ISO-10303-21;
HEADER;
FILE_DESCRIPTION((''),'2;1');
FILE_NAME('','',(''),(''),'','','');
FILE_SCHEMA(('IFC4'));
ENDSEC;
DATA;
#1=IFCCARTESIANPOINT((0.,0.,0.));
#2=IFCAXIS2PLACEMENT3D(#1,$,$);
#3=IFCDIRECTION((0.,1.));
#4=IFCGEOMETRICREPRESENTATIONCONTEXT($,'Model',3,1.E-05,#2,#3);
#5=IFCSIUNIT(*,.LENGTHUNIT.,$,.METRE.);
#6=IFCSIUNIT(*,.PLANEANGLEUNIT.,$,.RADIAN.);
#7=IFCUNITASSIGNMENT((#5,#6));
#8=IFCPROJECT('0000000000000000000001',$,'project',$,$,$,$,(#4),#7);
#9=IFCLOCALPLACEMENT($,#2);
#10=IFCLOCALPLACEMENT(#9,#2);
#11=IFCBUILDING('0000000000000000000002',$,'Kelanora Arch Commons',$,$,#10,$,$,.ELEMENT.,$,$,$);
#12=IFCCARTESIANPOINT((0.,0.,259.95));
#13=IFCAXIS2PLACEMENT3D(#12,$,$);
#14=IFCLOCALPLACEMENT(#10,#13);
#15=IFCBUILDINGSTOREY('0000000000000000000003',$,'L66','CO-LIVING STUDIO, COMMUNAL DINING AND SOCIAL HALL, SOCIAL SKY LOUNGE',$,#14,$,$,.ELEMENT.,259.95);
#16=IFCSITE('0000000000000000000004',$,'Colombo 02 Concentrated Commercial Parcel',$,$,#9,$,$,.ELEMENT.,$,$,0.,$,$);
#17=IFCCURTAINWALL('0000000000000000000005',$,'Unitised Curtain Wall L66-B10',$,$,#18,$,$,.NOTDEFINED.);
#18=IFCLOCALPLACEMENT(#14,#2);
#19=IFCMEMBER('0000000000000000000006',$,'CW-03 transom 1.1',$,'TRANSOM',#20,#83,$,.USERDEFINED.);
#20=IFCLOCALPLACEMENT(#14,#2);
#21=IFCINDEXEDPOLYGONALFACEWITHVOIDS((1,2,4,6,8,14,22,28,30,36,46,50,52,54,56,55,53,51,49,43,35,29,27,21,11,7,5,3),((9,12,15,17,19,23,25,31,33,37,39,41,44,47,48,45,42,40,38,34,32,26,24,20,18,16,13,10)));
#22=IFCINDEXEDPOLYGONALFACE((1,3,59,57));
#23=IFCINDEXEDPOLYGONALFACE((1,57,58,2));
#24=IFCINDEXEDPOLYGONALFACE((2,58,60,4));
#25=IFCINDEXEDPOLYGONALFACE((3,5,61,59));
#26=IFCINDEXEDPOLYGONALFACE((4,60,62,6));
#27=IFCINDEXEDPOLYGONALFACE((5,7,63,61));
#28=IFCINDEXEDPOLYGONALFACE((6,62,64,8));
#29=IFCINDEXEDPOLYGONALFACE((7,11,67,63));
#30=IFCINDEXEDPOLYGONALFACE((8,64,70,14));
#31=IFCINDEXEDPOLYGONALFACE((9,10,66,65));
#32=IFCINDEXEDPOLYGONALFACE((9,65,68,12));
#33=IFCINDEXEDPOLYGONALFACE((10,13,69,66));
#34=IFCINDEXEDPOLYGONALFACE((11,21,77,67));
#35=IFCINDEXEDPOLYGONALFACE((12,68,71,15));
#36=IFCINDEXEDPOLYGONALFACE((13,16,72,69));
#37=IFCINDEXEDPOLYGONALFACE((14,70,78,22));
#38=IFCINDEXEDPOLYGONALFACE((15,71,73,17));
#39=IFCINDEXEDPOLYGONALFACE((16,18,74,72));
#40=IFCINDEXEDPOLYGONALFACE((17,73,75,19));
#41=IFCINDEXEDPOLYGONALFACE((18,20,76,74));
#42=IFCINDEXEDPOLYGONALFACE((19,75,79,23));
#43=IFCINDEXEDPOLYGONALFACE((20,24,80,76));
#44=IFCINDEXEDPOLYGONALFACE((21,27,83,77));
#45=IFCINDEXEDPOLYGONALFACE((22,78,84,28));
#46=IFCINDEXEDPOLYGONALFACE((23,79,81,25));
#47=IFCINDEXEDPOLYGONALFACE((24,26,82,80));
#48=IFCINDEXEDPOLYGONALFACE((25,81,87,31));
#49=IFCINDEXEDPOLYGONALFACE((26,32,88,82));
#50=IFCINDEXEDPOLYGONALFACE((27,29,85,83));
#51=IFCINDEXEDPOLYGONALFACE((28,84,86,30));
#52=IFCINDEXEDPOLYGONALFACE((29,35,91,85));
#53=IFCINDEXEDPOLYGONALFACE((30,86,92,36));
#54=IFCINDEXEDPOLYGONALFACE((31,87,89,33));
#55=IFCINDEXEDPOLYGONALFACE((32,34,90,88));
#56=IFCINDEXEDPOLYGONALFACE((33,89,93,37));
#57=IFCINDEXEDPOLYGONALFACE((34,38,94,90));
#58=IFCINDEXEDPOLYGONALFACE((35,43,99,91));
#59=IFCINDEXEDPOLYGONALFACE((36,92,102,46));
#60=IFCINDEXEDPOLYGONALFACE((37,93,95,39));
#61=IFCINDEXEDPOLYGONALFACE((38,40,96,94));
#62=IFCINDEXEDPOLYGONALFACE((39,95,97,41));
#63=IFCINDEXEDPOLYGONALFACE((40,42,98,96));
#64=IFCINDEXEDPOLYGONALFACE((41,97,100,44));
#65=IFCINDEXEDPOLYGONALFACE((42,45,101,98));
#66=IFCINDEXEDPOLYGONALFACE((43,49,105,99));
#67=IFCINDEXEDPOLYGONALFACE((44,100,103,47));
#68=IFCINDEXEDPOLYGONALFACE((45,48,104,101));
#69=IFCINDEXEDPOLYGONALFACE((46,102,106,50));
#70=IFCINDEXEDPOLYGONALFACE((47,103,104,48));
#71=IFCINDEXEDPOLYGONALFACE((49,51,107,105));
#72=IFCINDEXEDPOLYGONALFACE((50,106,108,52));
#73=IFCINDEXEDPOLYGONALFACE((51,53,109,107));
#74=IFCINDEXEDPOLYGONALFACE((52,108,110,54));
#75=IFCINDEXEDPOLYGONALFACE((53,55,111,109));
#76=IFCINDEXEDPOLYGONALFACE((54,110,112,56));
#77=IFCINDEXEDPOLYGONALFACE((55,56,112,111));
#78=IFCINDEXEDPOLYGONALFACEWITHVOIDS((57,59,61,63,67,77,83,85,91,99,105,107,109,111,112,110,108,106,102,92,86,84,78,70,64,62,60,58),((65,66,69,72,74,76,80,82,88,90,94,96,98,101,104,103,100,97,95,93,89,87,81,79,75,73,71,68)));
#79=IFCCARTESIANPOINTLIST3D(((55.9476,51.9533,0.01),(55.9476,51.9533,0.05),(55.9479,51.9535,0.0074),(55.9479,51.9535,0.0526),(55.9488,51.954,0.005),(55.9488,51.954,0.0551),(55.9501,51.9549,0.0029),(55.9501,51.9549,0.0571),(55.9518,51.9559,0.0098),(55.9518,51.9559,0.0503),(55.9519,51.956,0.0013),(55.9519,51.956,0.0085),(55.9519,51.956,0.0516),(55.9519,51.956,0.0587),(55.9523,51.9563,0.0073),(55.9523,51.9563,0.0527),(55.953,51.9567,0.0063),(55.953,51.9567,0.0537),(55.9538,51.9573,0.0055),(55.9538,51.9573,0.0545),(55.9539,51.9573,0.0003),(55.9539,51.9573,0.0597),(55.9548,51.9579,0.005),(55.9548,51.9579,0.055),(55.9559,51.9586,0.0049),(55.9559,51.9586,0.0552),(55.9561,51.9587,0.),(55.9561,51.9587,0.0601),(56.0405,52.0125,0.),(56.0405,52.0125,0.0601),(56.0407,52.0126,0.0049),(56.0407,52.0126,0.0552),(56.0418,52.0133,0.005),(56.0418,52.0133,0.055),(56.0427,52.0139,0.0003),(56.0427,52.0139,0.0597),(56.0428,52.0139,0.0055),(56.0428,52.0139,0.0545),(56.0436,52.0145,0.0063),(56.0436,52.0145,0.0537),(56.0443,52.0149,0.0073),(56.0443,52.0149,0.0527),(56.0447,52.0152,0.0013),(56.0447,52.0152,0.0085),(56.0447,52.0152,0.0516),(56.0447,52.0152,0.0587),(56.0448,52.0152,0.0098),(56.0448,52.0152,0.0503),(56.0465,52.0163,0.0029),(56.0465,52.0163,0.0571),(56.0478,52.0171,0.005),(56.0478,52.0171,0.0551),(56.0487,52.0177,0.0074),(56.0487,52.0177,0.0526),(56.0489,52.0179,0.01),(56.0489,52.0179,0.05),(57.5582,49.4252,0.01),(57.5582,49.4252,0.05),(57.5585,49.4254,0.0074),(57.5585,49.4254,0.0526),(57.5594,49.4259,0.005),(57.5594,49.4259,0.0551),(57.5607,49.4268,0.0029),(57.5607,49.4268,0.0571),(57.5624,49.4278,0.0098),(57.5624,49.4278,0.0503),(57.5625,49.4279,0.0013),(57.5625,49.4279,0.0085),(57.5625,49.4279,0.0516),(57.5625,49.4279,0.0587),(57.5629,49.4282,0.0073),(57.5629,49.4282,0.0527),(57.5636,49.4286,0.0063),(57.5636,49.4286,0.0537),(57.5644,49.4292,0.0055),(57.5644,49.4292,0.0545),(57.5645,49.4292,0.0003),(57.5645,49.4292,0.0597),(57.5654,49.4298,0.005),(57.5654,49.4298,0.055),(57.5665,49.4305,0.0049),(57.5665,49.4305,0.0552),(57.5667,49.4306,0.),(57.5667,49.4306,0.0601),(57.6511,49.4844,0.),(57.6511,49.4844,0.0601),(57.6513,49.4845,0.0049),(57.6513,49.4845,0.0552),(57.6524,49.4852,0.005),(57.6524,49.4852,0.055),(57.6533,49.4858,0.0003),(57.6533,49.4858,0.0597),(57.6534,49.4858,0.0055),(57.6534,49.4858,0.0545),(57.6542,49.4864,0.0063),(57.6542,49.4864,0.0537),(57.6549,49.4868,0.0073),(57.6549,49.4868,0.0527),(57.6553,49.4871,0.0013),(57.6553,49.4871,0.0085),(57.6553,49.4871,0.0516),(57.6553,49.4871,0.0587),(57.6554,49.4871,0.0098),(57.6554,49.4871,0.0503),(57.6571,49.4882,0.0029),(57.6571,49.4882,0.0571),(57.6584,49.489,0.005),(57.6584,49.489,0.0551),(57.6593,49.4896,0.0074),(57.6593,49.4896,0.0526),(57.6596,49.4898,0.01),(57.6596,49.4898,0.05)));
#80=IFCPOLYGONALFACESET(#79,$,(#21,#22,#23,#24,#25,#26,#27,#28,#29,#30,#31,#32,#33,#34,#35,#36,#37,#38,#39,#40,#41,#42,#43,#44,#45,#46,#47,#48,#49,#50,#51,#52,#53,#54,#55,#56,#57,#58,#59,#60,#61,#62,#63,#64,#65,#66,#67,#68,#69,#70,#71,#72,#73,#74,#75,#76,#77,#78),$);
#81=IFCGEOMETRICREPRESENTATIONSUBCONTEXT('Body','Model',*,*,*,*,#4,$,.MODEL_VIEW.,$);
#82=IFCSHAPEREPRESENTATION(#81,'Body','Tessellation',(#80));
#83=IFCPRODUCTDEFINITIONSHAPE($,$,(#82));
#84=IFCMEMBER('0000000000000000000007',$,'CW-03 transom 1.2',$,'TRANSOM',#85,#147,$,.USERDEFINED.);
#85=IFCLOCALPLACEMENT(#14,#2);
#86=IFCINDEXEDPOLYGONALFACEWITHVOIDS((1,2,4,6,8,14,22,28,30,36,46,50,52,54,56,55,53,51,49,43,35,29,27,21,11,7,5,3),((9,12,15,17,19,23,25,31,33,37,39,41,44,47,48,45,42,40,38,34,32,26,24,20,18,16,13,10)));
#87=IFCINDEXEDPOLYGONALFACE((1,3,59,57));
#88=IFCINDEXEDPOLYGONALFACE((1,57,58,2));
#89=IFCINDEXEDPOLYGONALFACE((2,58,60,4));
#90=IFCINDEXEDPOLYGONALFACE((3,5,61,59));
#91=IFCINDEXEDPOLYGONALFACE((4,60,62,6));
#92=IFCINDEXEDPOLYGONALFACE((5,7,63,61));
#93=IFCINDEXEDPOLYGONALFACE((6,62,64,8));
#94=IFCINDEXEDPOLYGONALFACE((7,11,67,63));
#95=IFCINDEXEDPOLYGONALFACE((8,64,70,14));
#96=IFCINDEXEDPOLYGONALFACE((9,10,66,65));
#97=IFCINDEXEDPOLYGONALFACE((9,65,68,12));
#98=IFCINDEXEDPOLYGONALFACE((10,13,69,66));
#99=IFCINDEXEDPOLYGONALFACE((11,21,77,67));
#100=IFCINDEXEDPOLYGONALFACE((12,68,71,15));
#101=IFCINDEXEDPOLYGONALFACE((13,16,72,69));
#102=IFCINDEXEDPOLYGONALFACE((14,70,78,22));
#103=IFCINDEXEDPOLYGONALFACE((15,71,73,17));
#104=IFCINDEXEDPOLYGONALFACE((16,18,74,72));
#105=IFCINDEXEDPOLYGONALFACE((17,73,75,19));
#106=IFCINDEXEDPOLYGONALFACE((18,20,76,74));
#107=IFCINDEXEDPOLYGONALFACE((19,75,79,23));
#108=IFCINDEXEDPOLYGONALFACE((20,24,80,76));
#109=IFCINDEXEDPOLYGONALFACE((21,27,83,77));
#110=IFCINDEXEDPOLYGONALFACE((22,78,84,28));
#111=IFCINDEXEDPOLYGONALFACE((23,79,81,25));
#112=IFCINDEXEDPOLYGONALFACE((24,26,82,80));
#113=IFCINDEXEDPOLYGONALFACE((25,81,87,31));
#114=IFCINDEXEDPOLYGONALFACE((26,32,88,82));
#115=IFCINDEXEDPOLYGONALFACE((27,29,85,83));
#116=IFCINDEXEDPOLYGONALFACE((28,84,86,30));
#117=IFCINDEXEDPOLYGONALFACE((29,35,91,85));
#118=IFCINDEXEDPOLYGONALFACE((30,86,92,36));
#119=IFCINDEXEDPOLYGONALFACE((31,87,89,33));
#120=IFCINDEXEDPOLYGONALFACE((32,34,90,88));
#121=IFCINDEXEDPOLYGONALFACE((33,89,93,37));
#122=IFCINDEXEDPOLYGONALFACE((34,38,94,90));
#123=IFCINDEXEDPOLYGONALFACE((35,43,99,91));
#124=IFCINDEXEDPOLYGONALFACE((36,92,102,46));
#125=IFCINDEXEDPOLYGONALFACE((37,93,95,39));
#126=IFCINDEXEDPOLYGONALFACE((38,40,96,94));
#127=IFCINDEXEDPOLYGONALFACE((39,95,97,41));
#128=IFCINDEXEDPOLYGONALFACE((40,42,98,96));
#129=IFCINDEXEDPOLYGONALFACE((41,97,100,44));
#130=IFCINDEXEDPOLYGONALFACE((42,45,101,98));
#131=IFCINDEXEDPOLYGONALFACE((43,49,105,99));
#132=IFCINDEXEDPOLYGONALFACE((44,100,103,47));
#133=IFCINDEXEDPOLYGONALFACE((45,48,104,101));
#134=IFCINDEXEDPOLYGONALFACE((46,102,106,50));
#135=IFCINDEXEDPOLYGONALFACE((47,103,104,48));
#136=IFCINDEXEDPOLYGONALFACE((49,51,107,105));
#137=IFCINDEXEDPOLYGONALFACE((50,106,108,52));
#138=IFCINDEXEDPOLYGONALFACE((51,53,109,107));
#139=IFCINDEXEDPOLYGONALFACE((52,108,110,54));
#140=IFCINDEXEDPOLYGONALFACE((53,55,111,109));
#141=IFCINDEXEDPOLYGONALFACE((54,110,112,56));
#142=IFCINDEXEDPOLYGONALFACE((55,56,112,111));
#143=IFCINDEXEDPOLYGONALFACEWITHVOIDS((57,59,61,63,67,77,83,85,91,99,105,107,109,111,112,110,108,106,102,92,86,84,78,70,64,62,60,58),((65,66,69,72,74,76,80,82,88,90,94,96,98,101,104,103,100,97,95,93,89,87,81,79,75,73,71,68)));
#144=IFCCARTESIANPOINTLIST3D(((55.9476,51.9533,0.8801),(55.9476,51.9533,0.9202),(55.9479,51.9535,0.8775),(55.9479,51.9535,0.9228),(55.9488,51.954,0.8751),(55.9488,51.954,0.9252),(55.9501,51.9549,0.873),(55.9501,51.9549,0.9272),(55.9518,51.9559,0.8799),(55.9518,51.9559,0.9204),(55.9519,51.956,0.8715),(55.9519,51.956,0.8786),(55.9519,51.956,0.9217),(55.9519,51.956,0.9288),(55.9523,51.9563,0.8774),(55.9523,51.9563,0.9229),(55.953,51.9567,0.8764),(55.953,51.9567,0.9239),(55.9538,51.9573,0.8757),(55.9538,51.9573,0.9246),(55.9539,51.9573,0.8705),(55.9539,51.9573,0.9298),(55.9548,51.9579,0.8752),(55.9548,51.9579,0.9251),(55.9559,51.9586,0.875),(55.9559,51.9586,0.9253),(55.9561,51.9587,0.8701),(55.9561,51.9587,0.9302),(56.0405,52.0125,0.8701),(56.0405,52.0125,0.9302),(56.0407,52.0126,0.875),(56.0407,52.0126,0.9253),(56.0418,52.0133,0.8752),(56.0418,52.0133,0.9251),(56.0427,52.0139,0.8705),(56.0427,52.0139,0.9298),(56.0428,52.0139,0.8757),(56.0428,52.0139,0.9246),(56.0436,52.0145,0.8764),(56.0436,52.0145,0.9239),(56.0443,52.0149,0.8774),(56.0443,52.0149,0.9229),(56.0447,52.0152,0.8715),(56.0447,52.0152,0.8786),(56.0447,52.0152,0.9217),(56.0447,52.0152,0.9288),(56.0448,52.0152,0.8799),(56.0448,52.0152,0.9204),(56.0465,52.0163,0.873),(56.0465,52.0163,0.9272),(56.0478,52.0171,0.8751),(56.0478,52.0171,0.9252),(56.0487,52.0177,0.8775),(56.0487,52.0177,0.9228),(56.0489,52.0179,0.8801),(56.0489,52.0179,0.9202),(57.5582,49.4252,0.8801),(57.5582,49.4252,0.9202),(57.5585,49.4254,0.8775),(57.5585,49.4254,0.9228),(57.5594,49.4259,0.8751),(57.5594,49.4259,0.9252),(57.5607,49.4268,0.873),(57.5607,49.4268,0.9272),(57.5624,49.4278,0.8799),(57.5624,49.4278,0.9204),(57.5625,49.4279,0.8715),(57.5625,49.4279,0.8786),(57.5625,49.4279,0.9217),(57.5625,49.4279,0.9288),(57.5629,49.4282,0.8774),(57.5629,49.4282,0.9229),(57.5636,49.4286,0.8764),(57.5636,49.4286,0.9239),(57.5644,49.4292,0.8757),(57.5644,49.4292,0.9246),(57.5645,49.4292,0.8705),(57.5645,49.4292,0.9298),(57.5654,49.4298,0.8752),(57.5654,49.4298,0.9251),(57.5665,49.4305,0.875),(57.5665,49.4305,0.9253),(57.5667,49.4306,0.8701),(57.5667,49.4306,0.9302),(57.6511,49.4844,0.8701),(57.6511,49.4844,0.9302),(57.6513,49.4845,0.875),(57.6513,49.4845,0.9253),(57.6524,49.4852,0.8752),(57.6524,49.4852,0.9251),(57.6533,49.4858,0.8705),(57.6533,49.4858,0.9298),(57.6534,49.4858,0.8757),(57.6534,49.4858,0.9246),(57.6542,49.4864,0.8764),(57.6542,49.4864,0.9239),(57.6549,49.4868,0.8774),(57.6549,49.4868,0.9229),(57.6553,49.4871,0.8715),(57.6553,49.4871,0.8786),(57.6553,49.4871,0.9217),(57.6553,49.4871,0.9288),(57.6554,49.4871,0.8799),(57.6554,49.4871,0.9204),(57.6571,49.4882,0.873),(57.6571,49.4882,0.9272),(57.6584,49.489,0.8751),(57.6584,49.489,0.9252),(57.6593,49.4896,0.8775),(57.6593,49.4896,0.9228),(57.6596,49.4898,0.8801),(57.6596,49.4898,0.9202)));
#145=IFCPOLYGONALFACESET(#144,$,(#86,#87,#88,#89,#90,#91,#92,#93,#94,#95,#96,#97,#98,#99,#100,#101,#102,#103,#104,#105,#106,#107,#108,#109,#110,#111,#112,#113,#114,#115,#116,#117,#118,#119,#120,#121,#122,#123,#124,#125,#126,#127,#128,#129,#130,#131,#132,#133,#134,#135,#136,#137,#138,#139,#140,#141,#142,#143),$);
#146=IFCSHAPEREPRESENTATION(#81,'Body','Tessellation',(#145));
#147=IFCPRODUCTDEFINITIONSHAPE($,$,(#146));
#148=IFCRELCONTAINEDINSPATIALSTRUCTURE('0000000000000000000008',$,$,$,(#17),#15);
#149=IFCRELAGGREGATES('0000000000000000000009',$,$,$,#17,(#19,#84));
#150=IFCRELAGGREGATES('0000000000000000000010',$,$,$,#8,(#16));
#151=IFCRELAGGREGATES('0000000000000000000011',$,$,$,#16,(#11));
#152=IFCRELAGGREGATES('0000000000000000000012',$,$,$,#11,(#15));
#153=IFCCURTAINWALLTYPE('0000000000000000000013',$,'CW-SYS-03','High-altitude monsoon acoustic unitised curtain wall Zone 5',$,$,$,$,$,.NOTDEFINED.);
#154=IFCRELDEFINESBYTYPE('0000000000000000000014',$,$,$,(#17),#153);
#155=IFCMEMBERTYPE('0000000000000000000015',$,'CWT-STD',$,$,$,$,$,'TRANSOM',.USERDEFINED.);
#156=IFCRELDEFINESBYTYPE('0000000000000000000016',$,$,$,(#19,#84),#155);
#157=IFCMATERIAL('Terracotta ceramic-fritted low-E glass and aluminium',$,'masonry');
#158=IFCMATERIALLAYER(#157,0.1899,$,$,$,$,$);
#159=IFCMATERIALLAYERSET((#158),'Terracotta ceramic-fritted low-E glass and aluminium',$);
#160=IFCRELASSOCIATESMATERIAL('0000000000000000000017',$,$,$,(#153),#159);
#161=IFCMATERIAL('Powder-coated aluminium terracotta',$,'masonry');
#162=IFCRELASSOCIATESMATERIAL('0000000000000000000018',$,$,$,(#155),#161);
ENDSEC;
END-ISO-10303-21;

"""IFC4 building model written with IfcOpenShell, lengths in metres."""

from ifc_helpers import new_model, si_unit, direction, frame, origin, origin_2d, place, context, subcontext, project, spatial, hollow_rectangle, extrude, material, layer, layer_set, material_profile, profile_set, type_object, element, aggregate, save


model = new_model("IFC4")

# Units and contexts
model_context = context("Model", 3, precision=1e-05, world=origin(), true_north=direction((0.0, 1.0)))
body_context = subcontext(model_context, "Body", "Model", "MODEL_VIEW")
ifc_project = project(units=[si_unit("LENGTHUNIT", "METRE"), si_unit("PLANEANGLEUNIT", "RADIAN")], contexts=[model_context])

# Site, building, storey
site_placement = place(None, origin())
site = spatial("IfcSite", under=ifc_project, at=site_placement, Name="Colombo 02 Concentrated Commercial Parcel", CompositionType="ELEMENT", RefElevation=0.0)
building_placement = place(site_placement, origin())
building = spatial("IfcBuilding", under=site, at=building_placement, Name="Kelanora Arch Commons", CompositionType="ELEMENT")
storey_placement = place(building_placement, frame((0.0, 0.0, 259.95)))
storey = spatial("IfcBuildingStorey", under=building, at=storey_placement, Name="L66", Description="CO-LIVING STUDIO, COMMUNAL DINING AND SOCIAL HALL, SOCIAL SKY LOUNGE", CompositionType="ELEMENT", Elevation=259.95)

# Curtain wall, members
ifc_material_1 = material(Name="Terracotta ceramic-fritted low-E glass and aluminium", Category="masonry")
ifc_layer_1 = layer(ifc_material_1, 0.1899)
ifc_layer_set_1 = layer_set([ifc_layer_1], Name="Terracotta ceramic-fritted low-E glass and aluminium")
curtain_wall_type = type_object("IfcCurtainWallType", Name="CW-SYS-03", Description="High-altitude monsoon acoustic unitised curtain wall Zone 5", PredefinedType="NOTDEFINED", material=ifc_layer_set_1)
curtain_wall_placement = place(storey_placement, origin())
curtain_wall = element("IfcCurtainWall", 1, at=curtain_wall_placement, inside=storey, type_object=curtain_wall_type, Name="Unitised Curtain Wall L66-B10", PredefinedType="NOTDEFINED")
ifc_material_2 = material(Name="Powder-coated aluminium terracotta", Category="masonry")
ifc_material_profile_1 = material_profile(ifc_material_2, hollow_rectangle(XDim=0.1201, YDim=0.0601, WallThickness=0.0049, InnerFilletRadius=0.0049, OuterFilletRadius=0.01, at=origin_2d()), Name="CWT120x60")
ifc_profile_set_1 = profile_set([ifc_material_profile_1], Name="Powder-coated aluminium terracotta")
member_type_1 = type_object("IfcMemberType", Name="CWT-STD", ElementType="TRANSOM", PredefinedType="USERDEFINED", material=ifc_profile_set_1)
member_1_placement = place(storey_placement, frame((55.9983, 51.9856, 0.03), z_axis=(0.537308, -0.843386, 0.0), x_axis=(0.843386, 0.537308, 0.0)))
member_1 = element("IfcMember", 2, at=member_1_placement, type_object=member_type_1, Name="CW-03 transom 1.1", ObjectType="TRANSOM", PredefinedType="USERDEFINED", context=body_context, shape_type="SweptSolid", body=[
    extrude(hollow_rectangle(XDim=0.1201, YDim=0.0601, WallThickness=0.0049, InnerFilletRadius=0.0049, OuterFilletRadius=0.01, at=origin_2d()), origin(), (0.0, 0.0, 1.0), 2.9976),
])
member_2_placement = place(storey_placement, frame((55.9983, 51.9856, 0.9001), z_axis=(0.537308, -0.843386, 0.0), x_axis=(0.843386, 0.537308, 0.0)))
member_2 = element("IfcMember", 3, at=member_2_placement, type_object=member_type_1, Name="CW-03 transom 1.2", ObjectType="TRANSOM", PredefinedType="USERDEFINED", context=body_context, shape_type="SweptSolid", body=[
    extrude(hollow_rectangle(XDim=0.1201, YDim=0.0601, WallThickness=0.0049, InnerFilletRadius=0.0049, OuterFilletRadius=0.01, at=origin_2d()), origin(), (0.0, 0.0, 1.0), 2.9976),
])

aggregate(curtain_wall, [member_1, member_2])

save(model, "model.ifc")
